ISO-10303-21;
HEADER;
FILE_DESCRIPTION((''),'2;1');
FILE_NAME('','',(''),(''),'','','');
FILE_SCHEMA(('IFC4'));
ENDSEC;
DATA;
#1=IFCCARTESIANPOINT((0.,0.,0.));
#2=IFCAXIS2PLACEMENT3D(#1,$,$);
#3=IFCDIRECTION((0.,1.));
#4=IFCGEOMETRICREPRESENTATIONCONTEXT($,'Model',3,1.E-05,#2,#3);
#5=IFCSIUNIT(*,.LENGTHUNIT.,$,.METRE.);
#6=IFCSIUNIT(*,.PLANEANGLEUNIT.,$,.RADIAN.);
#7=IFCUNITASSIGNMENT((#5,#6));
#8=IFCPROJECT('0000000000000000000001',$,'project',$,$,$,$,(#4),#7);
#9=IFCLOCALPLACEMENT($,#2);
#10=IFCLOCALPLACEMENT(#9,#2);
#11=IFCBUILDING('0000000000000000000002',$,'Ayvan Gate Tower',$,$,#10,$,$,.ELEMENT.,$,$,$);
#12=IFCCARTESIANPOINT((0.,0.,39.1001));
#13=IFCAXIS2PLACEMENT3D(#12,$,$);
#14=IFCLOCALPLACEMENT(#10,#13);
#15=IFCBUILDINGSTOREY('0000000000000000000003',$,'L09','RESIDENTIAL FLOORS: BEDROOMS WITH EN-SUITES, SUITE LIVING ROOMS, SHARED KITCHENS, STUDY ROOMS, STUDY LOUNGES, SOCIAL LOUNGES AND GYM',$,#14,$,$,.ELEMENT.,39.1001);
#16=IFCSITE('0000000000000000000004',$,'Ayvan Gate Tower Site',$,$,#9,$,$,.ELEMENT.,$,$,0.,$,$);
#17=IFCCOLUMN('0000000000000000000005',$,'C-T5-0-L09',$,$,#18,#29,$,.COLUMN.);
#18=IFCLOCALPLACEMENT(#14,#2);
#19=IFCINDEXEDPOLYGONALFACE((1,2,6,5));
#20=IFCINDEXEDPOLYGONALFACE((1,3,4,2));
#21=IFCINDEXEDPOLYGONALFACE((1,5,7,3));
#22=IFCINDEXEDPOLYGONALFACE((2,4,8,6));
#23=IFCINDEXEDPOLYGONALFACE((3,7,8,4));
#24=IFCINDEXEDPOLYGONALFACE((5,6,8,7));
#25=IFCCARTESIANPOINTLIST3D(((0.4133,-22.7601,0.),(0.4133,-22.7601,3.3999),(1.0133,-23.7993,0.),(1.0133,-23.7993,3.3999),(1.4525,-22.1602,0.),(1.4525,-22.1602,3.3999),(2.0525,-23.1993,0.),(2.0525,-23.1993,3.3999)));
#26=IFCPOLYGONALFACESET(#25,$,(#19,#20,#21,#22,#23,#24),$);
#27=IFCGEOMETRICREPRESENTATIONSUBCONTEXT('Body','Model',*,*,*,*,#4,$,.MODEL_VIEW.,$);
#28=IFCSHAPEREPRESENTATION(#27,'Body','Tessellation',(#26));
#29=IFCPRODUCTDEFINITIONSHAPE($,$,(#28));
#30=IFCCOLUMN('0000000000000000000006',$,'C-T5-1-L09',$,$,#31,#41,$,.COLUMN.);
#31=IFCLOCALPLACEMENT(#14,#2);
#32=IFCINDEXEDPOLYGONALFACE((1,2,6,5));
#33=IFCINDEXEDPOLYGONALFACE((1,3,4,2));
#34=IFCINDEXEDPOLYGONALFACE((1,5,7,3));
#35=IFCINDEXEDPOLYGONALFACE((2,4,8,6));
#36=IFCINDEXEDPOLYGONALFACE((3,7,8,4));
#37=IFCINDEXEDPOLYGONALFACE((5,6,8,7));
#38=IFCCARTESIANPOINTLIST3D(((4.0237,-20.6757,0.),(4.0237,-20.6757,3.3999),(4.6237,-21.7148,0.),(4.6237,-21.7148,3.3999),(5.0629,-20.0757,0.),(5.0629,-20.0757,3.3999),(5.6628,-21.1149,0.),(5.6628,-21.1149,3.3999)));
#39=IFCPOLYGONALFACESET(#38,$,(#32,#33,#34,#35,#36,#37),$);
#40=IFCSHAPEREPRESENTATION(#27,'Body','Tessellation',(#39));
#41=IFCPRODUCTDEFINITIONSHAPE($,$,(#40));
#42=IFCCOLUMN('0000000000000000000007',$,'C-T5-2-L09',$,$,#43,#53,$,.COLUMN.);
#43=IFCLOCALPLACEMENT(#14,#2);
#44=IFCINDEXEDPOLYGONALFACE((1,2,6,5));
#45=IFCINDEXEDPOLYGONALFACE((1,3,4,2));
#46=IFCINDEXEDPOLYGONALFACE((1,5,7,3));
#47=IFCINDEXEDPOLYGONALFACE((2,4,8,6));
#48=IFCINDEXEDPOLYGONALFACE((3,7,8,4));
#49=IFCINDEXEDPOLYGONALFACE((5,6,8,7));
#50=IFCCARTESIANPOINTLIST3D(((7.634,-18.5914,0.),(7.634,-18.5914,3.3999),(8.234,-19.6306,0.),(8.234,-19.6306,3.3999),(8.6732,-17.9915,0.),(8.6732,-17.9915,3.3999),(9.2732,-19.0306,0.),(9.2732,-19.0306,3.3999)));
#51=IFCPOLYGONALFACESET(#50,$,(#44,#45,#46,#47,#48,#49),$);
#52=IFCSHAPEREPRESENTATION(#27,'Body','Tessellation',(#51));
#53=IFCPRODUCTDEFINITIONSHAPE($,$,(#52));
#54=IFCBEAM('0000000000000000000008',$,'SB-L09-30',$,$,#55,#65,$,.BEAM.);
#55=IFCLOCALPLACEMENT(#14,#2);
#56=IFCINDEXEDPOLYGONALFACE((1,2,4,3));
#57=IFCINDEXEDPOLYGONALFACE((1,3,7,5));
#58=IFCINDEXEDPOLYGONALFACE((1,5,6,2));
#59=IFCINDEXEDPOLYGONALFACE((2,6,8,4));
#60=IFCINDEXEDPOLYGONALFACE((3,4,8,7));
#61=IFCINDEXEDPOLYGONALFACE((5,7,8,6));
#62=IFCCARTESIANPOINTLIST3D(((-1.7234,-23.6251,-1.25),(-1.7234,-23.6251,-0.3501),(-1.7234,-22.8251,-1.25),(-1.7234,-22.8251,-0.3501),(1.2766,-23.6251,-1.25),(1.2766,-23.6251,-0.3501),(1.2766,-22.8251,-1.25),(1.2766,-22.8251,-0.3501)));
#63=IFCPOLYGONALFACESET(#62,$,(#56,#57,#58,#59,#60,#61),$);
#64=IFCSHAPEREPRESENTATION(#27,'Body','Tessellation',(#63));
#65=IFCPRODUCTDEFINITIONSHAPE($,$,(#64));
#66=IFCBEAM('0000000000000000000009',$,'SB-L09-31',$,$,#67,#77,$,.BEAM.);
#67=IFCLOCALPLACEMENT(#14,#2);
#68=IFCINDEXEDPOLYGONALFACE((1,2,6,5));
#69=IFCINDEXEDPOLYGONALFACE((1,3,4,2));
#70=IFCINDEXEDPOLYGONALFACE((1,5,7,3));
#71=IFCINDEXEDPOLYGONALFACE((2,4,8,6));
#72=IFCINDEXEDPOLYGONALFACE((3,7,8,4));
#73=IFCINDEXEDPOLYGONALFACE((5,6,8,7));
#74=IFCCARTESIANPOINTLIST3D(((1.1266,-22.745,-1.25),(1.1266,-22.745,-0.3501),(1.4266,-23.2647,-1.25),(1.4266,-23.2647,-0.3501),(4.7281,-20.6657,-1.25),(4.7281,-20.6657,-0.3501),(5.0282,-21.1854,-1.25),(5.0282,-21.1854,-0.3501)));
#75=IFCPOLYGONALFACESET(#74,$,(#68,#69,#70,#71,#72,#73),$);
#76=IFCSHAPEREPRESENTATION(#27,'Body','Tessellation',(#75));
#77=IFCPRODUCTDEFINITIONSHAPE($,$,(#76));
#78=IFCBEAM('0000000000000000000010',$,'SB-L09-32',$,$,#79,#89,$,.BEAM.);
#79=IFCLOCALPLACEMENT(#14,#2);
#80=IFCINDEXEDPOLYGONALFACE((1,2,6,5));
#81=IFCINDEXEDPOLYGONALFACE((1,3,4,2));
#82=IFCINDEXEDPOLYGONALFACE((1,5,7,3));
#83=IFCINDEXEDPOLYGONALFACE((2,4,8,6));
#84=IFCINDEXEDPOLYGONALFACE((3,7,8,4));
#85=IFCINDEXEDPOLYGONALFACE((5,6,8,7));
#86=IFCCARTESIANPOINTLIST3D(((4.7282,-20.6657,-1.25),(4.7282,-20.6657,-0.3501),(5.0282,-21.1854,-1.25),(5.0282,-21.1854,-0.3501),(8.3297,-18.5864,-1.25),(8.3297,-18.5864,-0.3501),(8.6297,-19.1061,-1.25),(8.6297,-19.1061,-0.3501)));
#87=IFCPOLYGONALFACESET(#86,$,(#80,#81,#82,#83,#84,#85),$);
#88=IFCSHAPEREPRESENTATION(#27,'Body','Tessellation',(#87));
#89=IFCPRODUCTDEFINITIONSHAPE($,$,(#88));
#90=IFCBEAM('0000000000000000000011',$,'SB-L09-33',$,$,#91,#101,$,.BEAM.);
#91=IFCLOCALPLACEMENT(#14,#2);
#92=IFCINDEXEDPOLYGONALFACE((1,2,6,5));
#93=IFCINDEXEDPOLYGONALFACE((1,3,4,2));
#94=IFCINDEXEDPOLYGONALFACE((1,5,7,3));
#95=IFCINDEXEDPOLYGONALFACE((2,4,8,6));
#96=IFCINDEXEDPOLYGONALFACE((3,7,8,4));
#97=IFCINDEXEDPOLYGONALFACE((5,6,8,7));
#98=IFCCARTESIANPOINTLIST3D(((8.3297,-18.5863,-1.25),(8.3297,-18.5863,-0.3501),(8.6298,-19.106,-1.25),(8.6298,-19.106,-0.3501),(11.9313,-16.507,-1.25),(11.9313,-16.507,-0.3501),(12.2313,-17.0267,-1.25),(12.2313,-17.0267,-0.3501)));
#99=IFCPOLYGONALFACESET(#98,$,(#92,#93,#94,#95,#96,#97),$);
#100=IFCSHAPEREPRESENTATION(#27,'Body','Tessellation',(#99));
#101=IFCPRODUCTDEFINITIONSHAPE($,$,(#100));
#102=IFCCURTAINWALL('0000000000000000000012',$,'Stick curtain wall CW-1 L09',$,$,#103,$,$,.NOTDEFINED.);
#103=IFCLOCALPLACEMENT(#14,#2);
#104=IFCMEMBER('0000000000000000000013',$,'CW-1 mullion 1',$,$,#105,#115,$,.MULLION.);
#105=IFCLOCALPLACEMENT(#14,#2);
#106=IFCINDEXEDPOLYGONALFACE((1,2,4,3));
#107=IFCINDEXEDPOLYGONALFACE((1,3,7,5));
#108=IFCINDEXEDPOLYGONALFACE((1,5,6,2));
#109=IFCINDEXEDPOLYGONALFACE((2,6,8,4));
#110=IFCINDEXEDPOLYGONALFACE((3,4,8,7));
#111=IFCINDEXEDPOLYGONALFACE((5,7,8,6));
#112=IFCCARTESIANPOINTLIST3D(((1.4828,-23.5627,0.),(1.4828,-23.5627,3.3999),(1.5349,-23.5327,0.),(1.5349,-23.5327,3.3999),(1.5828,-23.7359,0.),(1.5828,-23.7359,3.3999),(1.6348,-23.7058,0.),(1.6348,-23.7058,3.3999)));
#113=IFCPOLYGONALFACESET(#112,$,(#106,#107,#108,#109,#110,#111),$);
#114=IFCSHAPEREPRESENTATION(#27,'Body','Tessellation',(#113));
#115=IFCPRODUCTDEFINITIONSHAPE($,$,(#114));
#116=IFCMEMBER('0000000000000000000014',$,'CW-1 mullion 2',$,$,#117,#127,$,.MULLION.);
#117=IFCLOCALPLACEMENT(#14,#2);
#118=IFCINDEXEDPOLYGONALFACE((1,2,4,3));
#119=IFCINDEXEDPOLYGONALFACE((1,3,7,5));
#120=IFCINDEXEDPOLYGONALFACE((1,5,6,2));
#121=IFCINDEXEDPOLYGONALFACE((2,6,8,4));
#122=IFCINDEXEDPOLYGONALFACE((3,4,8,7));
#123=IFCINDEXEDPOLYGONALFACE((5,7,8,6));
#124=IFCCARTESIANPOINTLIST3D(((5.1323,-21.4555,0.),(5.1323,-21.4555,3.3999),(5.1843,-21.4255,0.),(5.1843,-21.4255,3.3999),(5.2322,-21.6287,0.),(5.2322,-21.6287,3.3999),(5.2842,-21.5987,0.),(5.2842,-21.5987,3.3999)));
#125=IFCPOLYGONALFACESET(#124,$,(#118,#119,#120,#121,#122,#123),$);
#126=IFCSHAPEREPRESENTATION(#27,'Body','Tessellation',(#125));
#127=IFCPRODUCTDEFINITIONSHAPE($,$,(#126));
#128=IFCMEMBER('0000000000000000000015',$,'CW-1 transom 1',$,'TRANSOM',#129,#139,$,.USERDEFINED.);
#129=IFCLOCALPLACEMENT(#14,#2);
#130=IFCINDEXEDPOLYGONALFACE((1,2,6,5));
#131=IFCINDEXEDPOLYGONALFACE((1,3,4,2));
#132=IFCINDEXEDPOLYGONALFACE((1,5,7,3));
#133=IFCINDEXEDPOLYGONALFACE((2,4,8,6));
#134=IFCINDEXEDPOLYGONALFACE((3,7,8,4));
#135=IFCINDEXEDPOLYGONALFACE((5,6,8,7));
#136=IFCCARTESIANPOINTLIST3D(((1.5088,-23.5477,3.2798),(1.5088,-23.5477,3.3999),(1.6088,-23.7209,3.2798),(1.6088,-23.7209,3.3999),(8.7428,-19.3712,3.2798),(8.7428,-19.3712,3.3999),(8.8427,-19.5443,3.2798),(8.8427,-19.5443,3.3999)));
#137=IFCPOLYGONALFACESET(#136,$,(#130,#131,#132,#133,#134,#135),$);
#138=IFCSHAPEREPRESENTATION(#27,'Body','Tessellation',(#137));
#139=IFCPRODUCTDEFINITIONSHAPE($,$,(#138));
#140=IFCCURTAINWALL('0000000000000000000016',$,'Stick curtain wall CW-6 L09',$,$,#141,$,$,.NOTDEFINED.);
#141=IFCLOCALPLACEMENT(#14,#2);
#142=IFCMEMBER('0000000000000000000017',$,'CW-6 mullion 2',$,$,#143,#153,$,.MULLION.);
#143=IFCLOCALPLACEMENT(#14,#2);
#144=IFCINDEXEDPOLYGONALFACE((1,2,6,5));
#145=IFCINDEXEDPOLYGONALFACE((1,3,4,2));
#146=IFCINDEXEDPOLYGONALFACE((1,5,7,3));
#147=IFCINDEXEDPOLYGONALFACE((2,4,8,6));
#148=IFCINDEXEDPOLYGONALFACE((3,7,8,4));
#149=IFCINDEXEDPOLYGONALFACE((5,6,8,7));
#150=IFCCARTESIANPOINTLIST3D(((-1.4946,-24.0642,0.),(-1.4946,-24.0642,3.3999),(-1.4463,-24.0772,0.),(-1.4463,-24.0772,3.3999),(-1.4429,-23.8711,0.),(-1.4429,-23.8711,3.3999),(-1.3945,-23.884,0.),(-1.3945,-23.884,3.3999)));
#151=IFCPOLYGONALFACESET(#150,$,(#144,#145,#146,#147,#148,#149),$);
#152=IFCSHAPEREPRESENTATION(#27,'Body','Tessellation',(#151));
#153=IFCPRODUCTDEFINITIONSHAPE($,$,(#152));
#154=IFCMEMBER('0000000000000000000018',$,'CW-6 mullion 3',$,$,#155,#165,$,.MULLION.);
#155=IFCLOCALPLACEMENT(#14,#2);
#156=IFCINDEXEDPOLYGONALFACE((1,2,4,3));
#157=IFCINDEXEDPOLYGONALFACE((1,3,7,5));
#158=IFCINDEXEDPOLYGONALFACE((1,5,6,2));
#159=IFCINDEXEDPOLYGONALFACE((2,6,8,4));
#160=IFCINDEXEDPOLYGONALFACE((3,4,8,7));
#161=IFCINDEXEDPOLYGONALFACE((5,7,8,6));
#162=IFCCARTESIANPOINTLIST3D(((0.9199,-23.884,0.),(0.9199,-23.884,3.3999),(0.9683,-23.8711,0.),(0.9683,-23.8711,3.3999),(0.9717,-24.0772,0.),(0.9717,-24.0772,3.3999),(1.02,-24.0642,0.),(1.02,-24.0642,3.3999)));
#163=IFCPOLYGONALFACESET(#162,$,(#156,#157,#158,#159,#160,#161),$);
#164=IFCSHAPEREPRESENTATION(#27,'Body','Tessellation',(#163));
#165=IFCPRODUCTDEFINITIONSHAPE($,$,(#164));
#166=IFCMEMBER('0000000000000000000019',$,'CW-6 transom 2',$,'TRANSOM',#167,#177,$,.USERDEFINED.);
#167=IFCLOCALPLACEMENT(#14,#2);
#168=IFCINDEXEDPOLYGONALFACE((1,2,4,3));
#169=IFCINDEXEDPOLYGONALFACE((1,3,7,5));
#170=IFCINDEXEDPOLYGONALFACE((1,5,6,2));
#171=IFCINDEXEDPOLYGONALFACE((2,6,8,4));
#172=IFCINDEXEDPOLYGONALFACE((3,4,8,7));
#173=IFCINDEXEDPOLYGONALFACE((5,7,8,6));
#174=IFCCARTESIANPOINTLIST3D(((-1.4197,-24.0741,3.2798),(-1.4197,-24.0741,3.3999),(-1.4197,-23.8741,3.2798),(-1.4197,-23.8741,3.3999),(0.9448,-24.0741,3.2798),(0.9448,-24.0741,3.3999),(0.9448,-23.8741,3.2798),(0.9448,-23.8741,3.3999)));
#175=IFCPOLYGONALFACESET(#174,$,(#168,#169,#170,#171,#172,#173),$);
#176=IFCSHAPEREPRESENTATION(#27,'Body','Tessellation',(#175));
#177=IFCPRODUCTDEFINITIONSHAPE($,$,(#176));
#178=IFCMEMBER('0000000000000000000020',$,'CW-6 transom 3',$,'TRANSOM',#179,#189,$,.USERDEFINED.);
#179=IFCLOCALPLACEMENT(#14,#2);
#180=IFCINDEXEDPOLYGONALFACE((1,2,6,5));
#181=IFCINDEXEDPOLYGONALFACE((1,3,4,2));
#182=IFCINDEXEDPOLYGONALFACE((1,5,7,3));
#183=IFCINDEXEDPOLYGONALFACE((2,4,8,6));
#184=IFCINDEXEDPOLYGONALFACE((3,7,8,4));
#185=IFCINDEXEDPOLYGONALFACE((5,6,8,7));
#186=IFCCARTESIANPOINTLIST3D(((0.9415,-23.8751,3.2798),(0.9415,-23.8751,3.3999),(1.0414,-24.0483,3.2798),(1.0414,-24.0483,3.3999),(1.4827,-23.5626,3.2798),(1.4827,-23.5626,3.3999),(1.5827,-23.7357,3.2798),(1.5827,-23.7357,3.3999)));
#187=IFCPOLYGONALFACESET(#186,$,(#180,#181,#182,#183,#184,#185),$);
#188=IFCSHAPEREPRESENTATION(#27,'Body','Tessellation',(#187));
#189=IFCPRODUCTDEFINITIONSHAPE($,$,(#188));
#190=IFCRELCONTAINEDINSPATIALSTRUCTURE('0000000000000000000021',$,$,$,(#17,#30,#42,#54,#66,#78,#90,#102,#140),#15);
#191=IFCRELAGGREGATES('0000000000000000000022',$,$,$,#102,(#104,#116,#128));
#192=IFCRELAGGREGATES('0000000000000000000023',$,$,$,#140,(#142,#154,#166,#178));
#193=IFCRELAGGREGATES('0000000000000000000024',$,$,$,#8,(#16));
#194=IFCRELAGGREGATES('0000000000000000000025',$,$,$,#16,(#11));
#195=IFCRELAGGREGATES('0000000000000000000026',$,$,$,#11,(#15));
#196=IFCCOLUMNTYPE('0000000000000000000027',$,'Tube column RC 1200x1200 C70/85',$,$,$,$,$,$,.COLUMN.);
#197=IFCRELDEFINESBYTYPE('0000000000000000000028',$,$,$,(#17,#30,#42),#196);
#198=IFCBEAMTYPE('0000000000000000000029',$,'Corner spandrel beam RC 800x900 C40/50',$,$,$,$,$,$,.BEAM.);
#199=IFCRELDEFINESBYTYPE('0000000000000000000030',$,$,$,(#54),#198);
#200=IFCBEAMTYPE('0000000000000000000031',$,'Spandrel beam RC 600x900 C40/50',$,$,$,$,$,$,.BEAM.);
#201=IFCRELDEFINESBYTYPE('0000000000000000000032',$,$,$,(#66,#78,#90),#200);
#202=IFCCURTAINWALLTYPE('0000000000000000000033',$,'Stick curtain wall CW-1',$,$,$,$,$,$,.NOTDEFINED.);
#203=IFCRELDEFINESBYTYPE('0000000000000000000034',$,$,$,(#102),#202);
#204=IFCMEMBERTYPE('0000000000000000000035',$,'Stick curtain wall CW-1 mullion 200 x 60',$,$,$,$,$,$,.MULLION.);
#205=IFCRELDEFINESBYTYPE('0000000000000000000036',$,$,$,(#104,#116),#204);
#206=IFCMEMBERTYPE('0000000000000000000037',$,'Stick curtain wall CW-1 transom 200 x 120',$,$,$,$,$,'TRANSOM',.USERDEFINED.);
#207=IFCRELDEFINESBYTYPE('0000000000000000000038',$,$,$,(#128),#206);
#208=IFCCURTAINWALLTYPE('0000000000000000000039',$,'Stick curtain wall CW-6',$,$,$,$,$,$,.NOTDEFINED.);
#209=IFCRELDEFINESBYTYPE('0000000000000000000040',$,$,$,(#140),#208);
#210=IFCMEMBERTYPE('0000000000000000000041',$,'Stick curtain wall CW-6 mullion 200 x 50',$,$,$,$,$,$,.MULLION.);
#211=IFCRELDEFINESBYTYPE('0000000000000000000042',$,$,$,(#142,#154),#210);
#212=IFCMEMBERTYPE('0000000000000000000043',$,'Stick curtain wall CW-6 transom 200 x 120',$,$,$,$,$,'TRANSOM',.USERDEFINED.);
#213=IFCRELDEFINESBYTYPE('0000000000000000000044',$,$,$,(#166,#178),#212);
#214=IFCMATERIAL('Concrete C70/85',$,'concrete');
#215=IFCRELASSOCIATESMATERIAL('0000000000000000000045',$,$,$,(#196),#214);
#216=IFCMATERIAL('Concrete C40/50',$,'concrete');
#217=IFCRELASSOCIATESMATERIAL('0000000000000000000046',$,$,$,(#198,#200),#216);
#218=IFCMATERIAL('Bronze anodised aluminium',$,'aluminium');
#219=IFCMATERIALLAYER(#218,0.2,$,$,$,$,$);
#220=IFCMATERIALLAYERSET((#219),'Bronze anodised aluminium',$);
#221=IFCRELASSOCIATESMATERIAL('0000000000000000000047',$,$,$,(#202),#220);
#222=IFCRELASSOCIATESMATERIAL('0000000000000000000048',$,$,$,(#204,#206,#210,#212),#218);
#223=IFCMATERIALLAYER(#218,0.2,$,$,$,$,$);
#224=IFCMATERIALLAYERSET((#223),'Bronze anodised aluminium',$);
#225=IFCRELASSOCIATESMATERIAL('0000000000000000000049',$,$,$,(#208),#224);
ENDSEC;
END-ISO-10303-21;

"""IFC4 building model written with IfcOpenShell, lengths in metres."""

from ifc_helpers import new_model, si_unit, direction, frame, origin, origin_2d, place, context, subcontext, project, spatial, rectangle, extrude, material, layer, layer_set, material_profile, profile_set, type_object, element, aggregate, save


model = new_model("IFC4")

# Units and contexts
model_context = context("Model", 3, precision=1e-05, world=origin(), true_north=direction((0.0, 1.0)))
body_context = subcontext(model_context, "Body", "Model", "MODEL_VIEW")
ifc_project = project(units=[si_unit("LENGTHUNIT", "METRE"), si_unit("PLANEANGLEUNIT", "RADIAN")], contexts=[model_context])

# Site, building, storey
site_placement = place(None, origin())
site = spatial("IfcSite", under=ifc_project, at=site_placement, Name="Ayvan Gate Tower Site", CompositionType="ELEMENT", RefElevation=0.0)
building_placement = place(site_placement, origin())
building = spatial("IfcBuilding", under=site, at=building_placement, Name="Ayvan Gate Tower", CompositionType="ELEMENT")
storey_placement = place(building_placement, frame((0.0, 0.0, 39.1001)))
storey = spatial("IfcBuildingStorey", under=building, at=storey_placement, Name="L09", Description="RESIDENTIAL FLOORS: BEDROOMS WITH EN-SUITES, SUITE LIVING ROOMS, SHARED KITCHENS, STUDY ROOMS, STUDY LOUNGES, SOCIAL LOUNGES AND GYM", CompositionType="ELEMENT", Elevation=39.1001)

# Columns
ifc_material_1 = material(Name="Concrete C70/85", Category="concrete")
ifc_material_profile_1 = material_profile(ifc_material_1, rectangle(XDim=1.2, YDim=1.2, at=origin_2d()), Name="RC 1200x1200")
ifc_profile_set_1 = profile_set([ifc_material_profile_1], Name="Concrete C70/85")
column_type = type_object("IfcColumnType", Name="Tube column RC 1200x1200 C70/85", PredefinedType="COLUMN", material=ifc_profile_set_1)
for number, where, z_axis, x_axis, name in (
    (1, (1.2329, -22.9797, 0.0), (0.0, 0.0, 1.0), (0.5, -0.866025, 0.0), "C-T5-0-L09"),
    (2, (4.8433, -20.8953, 0.0), (0.0, 0.0, 1.0), (0.5, -0.866025, 0.0), "C-T5-1-L09"),
    (3, (8.4536, -18.811, 0.0), (0.0, 0.0, 1.0), (0.5, -0.866025, 0.0), "C-T5-2-L09"),
):
    element("IfcColumn", number, at=place(storey_placement, frame(where, z_axis=z_axis, x_axis=x_axis)), inside=storey, type_object=column_type, Name=name, PredefinedType="COLUMN", context=body_context, shape_type="SweptSolid", body=[
        extrude(rectangle(XDim=1.2, YDim=1.2, at=origin_2d()), origin(), (0.0, 0.0, 1.0), 3.3999),
    ])

# Beams
ifc_material_2 = material(Name="Concrete C40/50", Category="concrete")
ifc_material_profile_2 = material_profile(ifc_material_2, rectangle(XDim=0.8, YDim=0.8999, at=origin_2d()), Name="RC 800x900")
ifc_profile_set_2 = profile_set([ifc_material_profile_2], Name="Concrete C40/50")
beam_type_1 = type_object("IfcBeamType", Name="Corner spandrel beam RC 800x900 C40/50", PredefinedType="BEAM", material=ifc_profile_set_2)
beam_placement = place(storey_placement, frame((-1.7234, -23.2251, -0.8), z_axis=(1.0, 0.0, 0.0), x_axis=(0.0, 1.0, 0.0)))
element("IfcBeam", 4, at=beam_placement, inside=storey, type_object=beam_type_1, Name="SB-L09-30", PredefinedType="BEAM", context=body_context, shape_type="SweptSolid", body=[
    extrude(rectangle(XDim=0.8, YDim=0.8999, at=origin_2d()), origin(), (0.0, 0.0, 1.0), 3.0),
])
ifc_material_profile_3 = material_profile(ifc_material_2, rectangle(XDim=0.6001, YDim=0.8999, at=origin_2d()), Name="RC 600x900")
ifc_profile_set_3 = profile_set([ifc_material_profile_3], Name="Concrete C40/50")
beam_type_2 = type_object("IfcBeamType", Name="Spandrel beam RC 600x900 C40/50", PredefinedType="BEAM", material=ifc_profile_set_3)
for number, where, z_axis, x_axis, name in (
    (5, (1.2766, -23.0049, -0.8), (0.866027, 0.499997, 0.0), (-0.499997, 0.866027, 0.0), "SB-L09-31"),
    (6, (4.8782, -20.9255, -0.8), (0.866027, 0.499997, 0.0), (-0.499997, 0.866027, 0.0), "SB-L09-32"),
    (7, (8.4797, -18.8462, -0.8), (0.866027, 0.499997, 0.0), (-0.499997, 0.866027, 0.0), "SB-L09-33"),
):
    element("IfcBeam", number, at=place(storey_placement, frame(where, z_axis=z_axis, x_axis=x_axis)), inside=storey, type_object=beam_type_2, Name=name, PredefinedType="BEAM", context=body_context, shape_type="SweptSolid", body=[
        extrude(rectangle(XDim=0.6001, YDim=0.8999, at=origin_2d()), origin(), (0.0, 0.0, 1.0), 4.1587),
    ])

# Curtain walls, members
ifc_material_3 = material(Name="Bronze anodised aluminium", Category="aluminium")
ifc_layer_1 = layer(ifc_material_3, 0.2)
ifc_layer_set_1 = layer_set([ifc_layer_1], Name="Bronze anodised aluminium")
curtain_wall_type_1 = type_object("IfcCurtainWallType", Name="Stick curtain wall CW-1", PredefinedType="NOTDEFINED", material=ifc_layer_set_1)
curtain_wall_1_placement = place(storey_placement, origin())
curtain_wall_1 = element("IfcCurtainWall", 8, at=curtain_wall_1_placement, inside=storey, type_object=curtain_wall_type_1, Name="Stick curtain wall CW-1 L09", PredefinedType="NOTDEFINED")
ifc_material_profile_4 = material_profile(ifc_material_3, rectangle(XDim=0.2, YDim=0.0601, at=origin_2d()), Name="Stick curtain wall CW-1 mullion 200 x 60")
ifc_profile_set_4 = profile_set([ifc_material_profile_4], Name="Bronze anodised aluminium")
member_type_1 = type_object("IfcMemberType", Name="Stick curtain wall CW-1 mullion 200 x 60", PredefinedType="MULLION", material=ifc_profile_set_4)
member_1_placement = place(storey_placement, frame((1.5588, -23.6343, 0.0), z_axis=(0.0, 0.0, 1.0), x_axis=(0.5, -0.866025, 0.0)))
member_1 = element("IfcMember", 9, at=member_1_placement, type_object=member_type_1, Name="CW-1 mullion 1", PredefinedType="MULLION", context=body_context, shape_type="SweptSolid", body=[
    extrude(rectangle(XDim=0.2, YDim=0.0601, at=origin_2d()), origin(), (0.0, 0.0, 1.0), 3.3999),
])
member_2_placement = place(storey_placement, frame((5.2083, -21.5271, 0.0), z_axis=(0.0, 0.0, 1.0), x_axis=(0.5, -0.866025, 0.0)))
member_2 = element("IfcMember", 10, at=member_2_placement, type_object=member_type_1, Name="CW-1 mullion 2", PredefinedType="MULLION", context=body_context, shape_type="SweptSolid", body=[
    extrude(rectangle(XDim=0.2, YDim=0.0601, at=origin_2d()), origin(), (0.0, 0.0, 1.0), 3.3999),
])
ifc_material_profile_5 = material_profile(ifc_material_3, rectangle(XDim=0.2, YDim=0.1201, at=origin_2d()), Name="Stick curtain wall CW-1 transom 200 x 120")
ifc_profile_set_5 = profile_set([ifc_material_profile_5], Name="Bronze anodised aluminium")
member_type_2 = type_object("IfcMemberType", Name="Stick curtain wall CW-1 transom 200 x 120", ElementType="TRANSOM", PredefinedType="USERDEFINED", material=ifc_profile_set_5)
member_3_placement = place(storey_placement, frame((1.5588, -23.6343, 3.3398), z_axis=(0.866024, 0.500002, 0.0), x_axis=(-0.500002, 0.866024, 0.0)))
member_3 = element("IfcMember", 11, at=member_3_placement, type_object=member_type_2, Name="CW-1 transom 1", ObjectType="TRANSOM", PredefinedType="USERDEFINED", context=body_context, shape_type="SweptSolid", body=[
    extrude(rectangle(XDim=0.2, YDim=0.1201, at=origin_2d()), origin(), (0.0, 0.0, 1.0), 8.353),
])
ifc_layer_2 = layer(ifc_material_3, 0.2)
ifc_layer_set_2 = layer_set([ifc_layer_2], Name="Bronze anodised aluminium")
curtain_wall_type_2 = type_object("IfcCurtainWallType", Name="Stick curtain wall CW-6", PredefinedType="NOTDEFINED", material=ifc_layer_set_2)
curtain_wall_2_placement = place(storey_placement, origin())
curtain_wall_2 = element("IfcCurtainWall", 12, at=curtain_wall_2_placement, inside=storey, type_object=curtain_wall_type_2, Name="Stick curtain wall CW-6 L09", PredefinedType="NOTDEFINED")
ifc_material_profile_6 = material_profile(ifc_material_3, rectangle(XDim=0.2, YDim=0.05, at=origin_2d()), Name="Stick curtain wall CW-6 mullion 200 x 50")
ifc_profile_set_6 = profile_set([ifc_material_profile_6], Name="Bronze anodised aluminium")
member_type_3 = type_object("IfcMemberType", Name="Stick curtain wall CW-6 mullion 200 x 50", PredefinedType="MULLION", material=ifc_profile_set_6)
member_4_placement = place(storey_placement, frame((-1.4446, -23.9741, 0.0), z_axis=(0.0, 0.0, 1.0), x_axis=(-0.258819, -0.965926, 0.0)))
member_4 = element("IfcMember", 13, at=member_4_placement, type_object=member_type_3, Name="CW-6 mullion 2", PredefinedType="MULLION", context=body_context, shape_type="SweptSolid", body=[
    extrude(rectangle(XDim=0.2, YDim=0.05, at=origin_2d()), origin(), (0.0, 0.0, 1.0), 3.3999),
])
member_5_placement = place(storey_placement, frame((0.97, -23.9741, 0.0), z_axis=(0.0, 0.0, 1.0), x_axis=(0.258819, -0.965926, 0.0)))
member_5 = element("IfcMember", 14, at=member_5_placement, type_object=member_type_3, Name="CW-6 mullion 3", PredefinedType="MULLION", context=body_context, shape_type="SweptSolid", body=[
    extrude(rectangle(XDim=0.2, YDim=0.05, at=origin_2d()), origin(), (0.0, 0.0, 1.0), 3.3999),
])
ifc_material_profile_7 = material_profile(ifc_material_3, rectangle(XDim=0.2, YDim=0.1201, at=origin_2d()), Name="Stick curtain wall CW-6 transom 200 x 120")
ifc_profile_set_7 = profile_set([ifc_material_profile_7], Name="Bronze anodised aluminium")
member_type_4 = type_object("IfcMemberType", Name="Stick curtain wall CW-6 transom 200 x 120", ElementType="TRANSOM", PredefinedType="USERDEFINED", material=ifc_profile_set_7)
member_6_placement = place(storey_placement, frame((-1.4197, -23.9741, 3.3398), z_axis=(1.0, 0.0, 0.0), x_axis=(0.0, 1.0, 0.0)))
member_6 = element("IfcMember", 15, at=member_6_placement, type_object=member_type_4, Name="CW-6 transom 2", ObjectType="TRANSOM", PredefinedType="USERDEFINED", context=body_context, shape_type="SweptSolid", body=[
    extrude(rectangle(XDim=0.2, YDim=0.1201, at=origin_2d()), origin(), (0.0, 0.0, 1.0), 2.3645),
])
member_7_placement = place(storey_placement, frame((0.9915, -23.9617, 3.3398), z_axis=(0.866023, 0.500004, 0.0), x_axis=(-0.500004, 0.866023, 0.0)))
member_7 = element("IfcMember", 16, at=member_7_placement, type_object=member_type_4, Name="CW-6 transom 3", ObjectType="TRANSOM", PredefinedType="USERDEFINED", context=body_context, shape_type="SweptSolid", body=[
    extrude(rectangle(XDim=0.2, YDim=0.1201, at=origin_2d()), origin(), (0.0, 0.0, 1.0), 0.625),
])

aggregate(curtain_wall_1, [member_1, member_2, member_3])
aggregate(curtain_wall_2, [member_4, member_5, member_6, member_7])

save(model, "model.ifc")
